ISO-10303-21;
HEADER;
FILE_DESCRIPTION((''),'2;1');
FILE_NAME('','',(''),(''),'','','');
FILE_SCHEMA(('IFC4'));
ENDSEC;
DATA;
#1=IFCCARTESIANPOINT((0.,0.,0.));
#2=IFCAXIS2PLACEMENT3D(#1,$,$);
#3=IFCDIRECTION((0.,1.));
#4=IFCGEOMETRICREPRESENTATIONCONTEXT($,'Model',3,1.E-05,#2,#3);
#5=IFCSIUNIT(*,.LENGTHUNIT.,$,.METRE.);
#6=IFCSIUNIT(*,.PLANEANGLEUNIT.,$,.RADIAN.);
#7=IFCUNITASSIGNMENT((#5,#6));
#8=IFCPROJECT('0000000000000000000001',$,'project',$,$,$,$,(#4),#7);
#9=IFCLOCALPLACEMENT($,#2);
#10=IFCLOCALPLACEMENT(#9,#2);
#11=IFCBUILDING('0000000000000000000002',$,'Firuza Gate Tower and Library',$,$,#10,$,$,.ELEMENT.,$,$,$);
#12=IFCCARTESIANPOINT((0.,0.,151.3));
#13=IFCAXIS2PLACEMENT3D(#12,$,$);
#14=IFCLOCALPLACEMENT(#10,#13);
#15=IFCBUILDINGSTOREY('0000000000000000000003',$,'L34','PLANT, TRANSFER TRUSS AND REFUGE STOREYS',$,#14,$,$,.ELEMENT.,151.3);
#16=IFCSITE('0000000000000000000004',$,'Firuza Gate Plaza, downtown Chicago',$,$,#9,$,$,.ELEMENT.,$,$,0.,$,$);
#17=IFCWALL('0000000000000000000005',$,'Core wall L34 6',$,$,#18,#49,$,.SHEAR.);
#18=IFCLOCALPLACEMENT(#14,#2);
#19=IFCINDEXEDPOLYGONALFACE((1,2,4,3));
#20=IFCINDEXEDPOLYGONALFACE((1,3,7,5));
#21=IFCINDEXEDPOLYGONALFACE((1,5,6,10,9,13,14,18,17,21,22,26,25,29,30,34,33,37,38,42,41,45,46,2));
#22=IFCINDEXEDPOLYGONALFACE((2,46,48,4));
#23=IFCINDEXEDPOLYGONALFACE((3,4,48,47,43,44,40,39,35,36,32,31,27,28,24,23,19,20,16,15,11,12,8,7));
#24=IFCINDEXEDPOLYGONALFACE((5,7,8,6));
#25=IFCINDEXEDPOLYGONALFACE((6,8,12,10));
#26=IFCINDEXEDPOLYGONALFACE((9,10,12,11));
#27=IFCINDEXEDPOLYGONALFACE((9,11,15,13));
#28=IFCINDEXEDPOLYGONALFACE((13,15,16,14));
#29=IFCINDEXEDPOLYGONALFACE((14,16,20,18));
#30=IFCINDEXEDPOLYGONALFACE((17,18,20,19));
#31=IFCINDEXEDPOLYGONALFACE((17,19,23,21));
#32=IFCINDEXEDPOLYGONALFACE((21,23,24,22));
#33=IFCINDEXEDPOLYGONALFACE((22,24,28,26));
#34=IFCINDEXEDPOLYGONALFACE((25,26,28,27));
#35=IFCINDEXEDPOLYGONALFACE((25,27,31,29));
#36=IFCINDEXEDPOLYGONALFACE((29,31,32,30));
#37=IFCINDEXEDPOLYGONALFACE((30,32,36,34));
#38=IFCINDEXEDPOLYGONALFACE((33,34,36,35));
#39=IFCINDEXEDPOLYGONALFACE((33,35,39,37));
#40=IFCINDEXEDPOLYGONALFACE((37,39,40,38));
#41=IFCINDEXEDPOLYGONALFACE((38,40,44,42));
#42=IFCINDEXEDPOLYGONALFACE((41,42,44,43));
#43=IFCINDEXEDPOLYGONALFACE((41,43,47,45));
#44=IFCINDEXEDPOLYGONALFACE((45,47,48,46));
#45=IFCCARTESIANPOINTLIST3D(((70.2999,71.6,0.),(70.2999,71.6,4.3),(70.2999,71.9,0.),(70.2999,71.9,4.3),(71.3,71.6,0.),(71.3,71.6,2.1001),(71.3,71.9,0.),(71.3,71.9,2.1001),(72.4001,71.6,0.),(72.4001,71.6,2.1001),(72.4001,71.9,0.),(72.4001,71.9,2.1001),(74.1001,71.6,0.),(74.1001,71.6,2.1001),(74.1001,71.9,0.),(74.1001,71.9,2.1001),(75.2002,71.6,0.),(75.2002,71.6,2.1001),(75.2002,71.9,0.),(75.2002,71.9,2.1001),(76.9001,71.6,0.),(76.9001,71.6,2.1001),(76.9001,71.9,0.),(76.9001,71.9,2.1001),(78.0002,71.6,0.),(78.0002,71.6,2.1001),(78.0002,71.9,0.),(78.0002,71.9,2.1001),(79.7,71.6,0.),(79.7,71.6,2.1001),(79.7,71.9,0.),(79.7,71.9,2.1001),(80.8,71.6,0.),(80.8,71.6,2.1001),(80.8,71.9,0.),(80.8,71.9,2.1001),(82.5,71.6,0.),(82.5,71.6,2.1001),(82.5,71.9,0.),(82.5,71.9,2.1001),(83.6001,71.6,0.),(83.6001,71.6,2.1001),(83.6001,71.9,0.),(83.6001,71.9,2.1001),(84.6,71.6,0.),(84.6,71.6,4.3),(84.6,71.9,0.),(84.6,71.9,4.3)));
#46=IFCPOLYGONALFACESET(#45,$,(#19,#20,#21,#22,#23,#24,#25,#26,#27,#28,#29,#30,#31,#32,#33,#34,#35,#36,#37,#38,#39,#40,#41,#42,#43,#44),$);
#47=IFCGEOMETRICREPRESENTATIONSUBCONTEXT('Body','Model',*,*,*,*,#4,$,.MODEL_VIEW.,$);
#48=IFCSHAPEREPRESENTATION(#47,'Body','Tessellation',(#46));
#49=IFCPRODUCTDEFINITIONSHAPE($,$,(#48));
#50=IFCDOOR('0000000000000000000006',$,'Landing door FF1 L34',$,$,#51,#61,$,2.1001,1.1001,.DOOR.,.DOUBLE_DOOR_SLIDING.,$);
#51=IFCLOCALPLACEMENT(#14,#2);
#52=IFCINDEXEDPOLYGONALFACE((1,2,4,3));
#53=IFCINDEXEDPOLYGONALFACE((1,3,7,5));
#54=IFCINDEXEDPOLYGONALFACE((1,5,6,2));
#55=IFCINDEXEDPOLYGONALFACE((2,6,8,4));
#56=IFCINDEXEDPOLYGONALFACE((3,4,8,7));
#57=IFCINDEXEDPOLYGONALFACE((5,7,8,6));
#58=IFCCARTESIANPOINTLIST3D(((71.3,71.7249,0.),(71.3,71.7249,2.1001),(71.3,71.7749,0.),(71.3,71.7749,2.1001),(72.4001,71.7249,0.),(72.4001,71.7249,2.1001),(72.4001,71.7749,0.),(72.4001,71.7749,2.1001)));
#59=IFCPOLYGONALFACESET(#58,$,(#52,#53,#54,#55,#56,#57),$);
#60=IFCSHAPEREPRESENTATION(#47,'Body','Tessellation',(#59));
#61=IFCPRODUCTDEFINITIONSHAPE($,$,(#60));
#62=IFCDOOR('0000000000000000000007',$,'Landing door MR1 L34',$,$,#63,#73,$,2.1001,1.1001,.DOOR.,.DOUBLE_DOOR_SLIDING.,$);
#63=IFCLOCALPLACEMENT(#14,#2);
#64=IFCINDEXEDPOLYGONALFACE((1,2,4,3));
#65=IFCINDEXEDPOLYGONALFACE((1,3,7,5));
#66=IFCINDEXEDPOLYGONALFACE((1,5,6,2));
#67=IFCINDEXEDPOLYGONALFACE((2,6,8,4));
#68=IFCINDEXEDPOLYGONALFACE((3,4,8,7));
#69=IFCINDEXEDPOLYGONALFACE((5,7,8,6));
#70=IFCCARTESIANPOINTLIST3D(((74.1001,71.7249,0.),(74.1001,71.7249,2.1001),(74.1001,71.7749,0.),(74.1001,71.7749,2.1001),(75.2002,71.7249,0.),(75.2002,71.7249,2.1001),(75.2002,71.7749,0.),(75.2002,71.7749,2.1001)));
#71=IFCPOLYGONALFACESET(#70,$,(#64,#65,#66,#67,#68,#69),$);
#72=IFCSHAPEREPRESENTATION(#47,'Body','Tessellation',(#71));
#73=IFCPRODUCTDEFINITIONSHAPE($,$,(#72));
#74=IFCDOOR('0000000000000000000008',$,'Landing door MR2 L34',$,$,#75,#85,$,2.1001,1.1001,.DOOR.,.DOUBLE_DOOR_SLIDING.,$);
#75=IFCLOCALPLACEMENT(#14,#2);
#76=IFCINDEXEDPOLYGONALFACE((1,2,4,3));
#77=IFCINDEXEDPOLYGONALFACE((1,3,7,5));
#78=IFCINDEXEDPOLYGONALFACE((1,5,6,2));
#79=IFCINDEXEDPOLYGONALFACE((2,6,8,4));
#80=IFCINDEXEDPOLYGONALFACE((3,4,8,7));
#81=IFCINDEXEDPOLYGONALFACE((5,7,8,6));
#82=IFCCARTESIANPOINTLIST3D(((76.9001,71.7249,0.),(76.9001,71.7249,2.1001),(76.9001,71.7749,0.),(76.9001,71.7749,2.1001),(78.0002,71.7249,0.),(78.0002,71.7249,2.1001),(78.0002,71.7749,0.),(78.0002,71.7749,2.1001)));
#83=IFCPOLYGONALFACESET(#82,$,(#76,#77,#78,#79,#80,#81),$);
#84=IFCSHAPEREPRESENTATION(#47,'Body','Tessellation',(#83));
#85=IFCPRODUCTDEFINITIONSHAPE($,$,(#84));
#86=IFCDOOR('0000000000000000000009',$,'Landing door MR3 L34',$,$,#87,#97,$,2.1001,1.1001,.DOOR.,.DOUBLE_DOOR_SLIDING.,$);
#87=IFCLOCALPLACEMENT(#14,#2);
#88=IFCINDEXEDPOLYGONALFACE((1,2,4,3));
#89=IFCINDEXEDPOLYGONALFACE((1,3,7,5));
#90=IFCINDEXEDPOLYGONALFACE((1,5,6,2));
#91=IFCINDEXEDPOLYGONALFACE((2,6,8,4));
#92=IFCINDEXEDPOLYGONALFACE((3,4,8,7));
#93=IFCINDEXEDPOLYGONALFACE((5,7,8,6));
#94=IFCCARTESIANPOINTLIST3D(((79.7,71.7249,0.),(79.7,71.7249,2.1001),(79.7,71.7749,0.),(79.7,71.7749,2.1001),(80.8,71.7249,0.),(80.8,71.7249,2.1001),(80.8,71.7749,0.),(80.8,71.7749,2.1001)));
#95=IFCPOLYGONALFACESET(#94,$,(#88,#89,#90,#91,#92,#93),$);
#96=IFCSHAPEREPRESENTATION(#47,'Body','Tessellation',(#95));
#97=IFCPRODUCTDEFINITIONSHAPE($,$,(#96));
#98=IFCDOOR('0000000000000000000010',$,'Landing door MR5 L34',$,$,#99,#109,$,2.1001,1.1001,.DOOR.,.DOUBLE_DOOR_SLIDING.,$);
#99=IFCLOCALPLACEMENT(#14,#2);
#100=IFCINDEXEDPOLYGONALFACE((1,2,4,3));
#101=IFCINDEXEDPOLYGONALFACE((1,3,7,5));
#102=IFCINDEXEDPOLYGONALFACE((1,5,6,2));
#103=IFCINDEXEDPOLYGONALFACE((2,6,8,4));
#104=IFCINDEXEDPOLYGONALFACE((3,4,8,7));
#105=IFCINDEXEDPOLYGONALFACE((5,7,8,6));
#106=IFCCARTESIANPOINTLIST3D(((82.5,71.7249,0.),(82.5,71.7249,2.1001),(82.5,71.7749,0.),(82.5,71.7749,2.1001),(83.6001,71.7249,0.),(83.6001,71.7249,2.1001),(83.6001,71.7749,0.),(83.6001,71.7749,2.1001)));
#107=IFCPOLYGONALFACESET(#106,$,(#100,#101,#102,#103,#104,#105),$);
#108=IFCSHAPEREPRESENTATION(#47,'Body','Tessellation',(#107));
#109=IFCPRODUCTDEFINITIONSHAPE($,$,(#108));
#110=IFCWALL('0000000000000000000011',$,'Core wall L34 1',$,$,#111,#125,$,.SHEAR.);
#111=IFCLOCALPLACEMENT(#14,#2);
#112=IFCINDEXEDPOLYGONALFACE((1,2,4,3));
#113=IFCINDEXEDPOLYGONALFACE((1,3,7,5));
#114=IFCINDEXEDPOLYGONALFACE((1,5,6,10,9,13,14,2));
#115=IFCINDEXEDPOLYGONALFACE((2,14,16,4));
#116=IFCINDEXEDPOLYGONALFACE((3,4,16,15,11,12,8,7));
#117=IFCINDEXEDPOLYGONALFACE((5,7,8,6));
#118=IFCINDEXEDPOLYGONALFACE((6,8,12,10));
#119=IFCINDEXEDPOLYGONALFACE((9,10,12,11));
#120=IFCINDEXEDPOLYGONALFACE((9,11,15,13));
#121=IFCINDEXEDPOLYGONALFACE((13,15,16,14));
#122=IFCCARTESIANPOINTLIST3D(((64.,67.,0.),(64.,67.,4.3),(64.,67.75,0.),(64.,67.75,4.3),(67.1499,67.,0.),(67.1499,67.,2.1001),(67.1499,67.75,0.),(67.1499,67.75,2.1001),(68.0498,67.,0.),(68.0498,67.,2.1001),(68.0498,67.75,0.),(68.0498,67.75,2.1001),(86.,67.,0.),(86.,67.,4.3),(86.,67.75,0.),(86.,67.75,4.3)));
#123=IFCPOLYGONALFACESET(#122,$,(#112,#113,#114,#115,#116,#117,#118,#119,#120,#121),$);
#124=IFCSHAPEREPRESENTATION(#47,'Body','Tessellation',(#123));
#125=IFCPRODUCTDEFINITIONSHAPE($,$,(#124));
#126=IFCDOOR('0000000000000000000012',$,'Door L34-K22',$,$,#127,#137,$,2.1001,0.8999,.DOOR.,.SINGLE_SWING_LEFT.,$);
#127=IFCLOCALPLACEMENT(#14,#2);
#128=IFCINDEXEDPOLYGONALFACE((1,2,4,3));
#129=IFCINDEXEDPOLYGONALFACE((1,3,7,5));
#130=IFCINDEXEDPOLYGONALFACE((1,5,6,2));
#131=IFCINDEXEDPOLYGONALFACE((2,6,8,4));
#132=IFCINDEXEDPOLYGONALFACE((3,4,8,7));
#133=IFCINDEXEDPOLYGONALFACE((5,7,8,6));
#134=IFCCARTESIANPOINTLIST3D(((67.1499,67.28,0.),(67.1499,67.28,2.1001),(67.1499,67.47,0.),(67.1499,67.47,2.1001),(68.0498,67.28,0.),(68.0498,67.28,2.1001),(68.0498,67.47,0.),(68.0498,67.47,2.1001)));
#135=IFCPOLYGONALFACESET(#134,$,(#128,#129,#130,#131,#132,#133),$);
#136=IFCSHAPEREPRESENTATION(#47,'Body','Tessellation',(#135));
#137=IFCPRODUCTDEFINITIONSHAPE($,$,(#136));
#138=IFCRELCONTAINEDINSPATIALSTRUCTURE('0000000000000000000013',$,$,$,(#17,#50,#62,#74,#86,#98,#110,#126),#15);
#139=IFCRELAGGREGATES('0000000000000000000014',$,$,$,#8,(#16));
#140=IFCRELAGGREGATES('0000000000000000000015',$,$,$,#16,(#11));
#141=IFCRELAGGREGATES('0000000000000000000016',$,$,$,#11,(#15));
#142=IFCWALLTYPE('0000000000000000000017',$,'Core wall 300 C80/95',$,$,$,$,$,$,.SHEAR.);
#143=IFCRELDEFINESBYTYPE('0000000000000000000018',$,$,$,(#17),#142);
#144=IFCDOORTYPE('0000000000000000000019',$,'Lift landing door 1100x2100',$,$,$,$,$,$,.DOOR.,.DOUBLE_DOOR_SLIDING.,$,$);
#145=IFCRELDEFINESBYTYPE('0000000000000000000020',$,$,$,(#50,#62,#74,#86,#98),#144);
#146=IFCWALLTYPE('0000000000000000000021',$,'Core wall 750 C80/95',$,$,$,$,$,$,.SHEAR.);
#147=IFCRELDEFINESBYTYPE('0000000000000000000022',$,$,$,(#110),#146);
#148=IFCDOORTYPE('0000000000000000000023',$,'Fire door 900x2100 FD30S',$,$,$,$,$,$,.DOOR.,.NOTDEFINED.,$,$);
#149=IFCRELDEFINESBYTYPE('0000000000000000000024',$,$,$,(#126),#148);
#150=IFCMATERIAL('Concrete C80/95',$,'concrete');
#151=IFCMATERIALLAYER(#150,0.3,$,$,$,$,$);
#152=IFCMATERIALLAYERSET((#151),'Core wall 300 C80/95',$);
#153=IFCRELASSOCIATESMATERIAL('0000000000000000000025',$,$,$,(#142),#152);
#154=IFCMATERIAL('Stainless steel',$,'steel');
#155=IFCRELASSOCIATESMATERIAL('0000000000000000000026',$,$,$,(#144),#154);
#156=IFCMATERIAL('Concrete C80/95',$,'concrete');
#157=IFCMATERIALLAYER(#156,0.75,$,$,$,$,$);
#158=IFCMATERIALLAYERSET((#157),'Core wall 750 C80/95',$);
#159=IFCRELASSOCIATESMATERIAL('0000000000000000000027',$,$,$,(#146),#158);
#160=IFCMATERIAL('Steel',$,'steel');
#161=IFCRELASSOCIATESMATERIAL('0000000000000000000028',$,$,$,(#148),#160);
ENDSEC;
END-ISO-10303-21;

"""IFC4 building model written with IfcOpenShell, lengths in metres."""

from ifc_helpers import new_model, si_unit, direction, frame, frame_2d, origin, place, context, subcontext, project, spatial, rectangle, extrude, material, layer, layer_set, type_object, element, fill, save


model = new_model("IFC4")

# Units and contexts
model_context = context("Model", 3, precision=1e-05, world=origin(), true_north=direction((0.0, 1.0)))
body_context = subcontext(model_context, "Body", "Model", "MODEL_VIEW")
ifc_project = project(units=[si_unit("LENGTHUNIT", "METRE"), si_unit("PLANEANGLEUNIT", "RADIAN")], contexts=[model_context])

# Site, building, storey
site_placement = place(None, origin())
site = spatial("IfcSite", under=ifc_project, at=site_placement, Name="Firuza Gate Plaza, downtown Chicago", CompositionType="ELEMENT", RefElevation=0.0)
building_placement = place(site_placement, origin())
building = spatial("IfcBuilding", under=site, at=building_placement, Name="Firuza Gate Tower and Library", CompositionType="ELEMENT")
storey_placement = place(building_placement, frame((0.0, 0.0, 151.3)))
storey = spatial("IfcBuildingStorey", under=building, at=storey_placement, Name="L34", Description="PLANT, TRANSFER TRUSS AND REFUGE STOREYS", CompositionType="ELEMENT", Elevation=151.3)

# Shared definitions
ifc_material_1 = material(Name="Concrete C80/95", Category="concrete")
ifc_layer_1 = layer(ifc_material_1, 0.3)
ifc_layer_set_1 = layer_set([ifc_layer_1], Name="Core wall 300 C80/95")
wall_type_1 = type_object("IfcWallType", Name="Core wall 300 C80/95", PredefinedType="SHEAR", material=ifc_layer_set_1)

# Wall, openings, doors
wall_1_placement = place(storey_placement, frame((70.3, 71.75, 0.0), z_axis=(0.0, 0.0, 1.0), x_axis=(1.0, 0.0, 0.0)))
wall_1 = element("IfcWall", 1, at=wall_1_placement, inside=storey, type_object=wall_type_1, Name="Core wall L34 6", PredefinedType="SHEAR", context=body_context, shape_type="SweptSolid", body=[
    extrude(rectangle(XDim=14.3, YDim=0.3, at=frame_2d((7.1499, 0.0))), origin(), (0.0, 0.0, 1.0), 4.3),
])
opening_1_placement = place(wall_1_placement, frame((1.0, 0.0, 0.0)))
opening_1 = element("IfcOpeningElement", 2, at=opening_1_placement, cuts=wall_1, PredefinedType="OPENING", context=body_context, shape_type="SweptSolid", body=[
    extrude(rectangle(XDim=1.1001, YDim=2.1001, at=frame_2d((0.55, 1.05))), frame((0.0, 0.1602, 0.0), z_axis=(0.0, -1.0, 0.0), x_axis=(1.0, 0.0, 0.0)), (0.0, 0.0, 1.0), 0.3201),
])
opening_2_placement = place(wall_1_placement, frame((3.8, 0.0, 0.0)))
opening_2 = element("IfcOpeningElement", 3, at=opening_2_placement, cuts=wall_1, PredefinedType="OPENING", context=body_context, shape_type="SweptSolid", body=[
    extrude(rectangle(XDim=1.1001, YDim=2.1001, at=frame_2d((0.55, 1.05))), frame((0.0, 0.1602, 0.0), z_axis=(0.0, -1.0, 0.0), x_axis=(1.0, 0.0, 0.0)), (0.0, 0.0, 1.0), 0.3201),
])
opening_3_placement = place(wall_1_placement, frame((6.6001, 0.0, 0.0)))
opening_3 = element("IfcOpeningElement", 4, at=opening_3_placement, cuts=wall_1, PredefinedType="OPENING", context=body_context, shape_type="SweptSolid", body=[
    extrude(rectangle(XDim=1.1001, YDim=2.1001, at=frame_2d((0.55, 1.05))), frame((0.0, 0.1602, 0.0), z_axis=(0.0, -1.0, 0.0), x_axis=(1.0, 0.0, 0.0)), (0.0, 0.0, 1.0), 0.3201),
])
opening_4_placement = place(wall_1_placement, frame((9.3999, 0.0, 0.0)))
opening_4 = element("IfcOpeningElement", 5, at=opening_4_placement, cuts=wall_1, PredefinedType="OPENING", context=body_context, shape_type="SweptSolid", body=[
    extrude(rectangle(XDim=1.1001, YDim=2.1001, at=frame_2d((0.55, 1.05))), frame((0.0, 0.1602, 0.0), z_axis=(0.0, -1.0, 0.0), x_axis=(1.0, 0.0, 0.0)), (0.0, 0.0, 1.0), 0.3201),
])
opening_5_placement = place(wall_1_placement, frame((12.2, 0.0, 0.0)))
opening_5 = element("IfcOpeningElement", 6, at=opening_5_placement, cuts=wall_1, PredefinedType="OPENING", context=body_context, shape_type="SweptSolid", body=[
    extrude(rectangle(XDim=1.1001, YDim=2.1001, at=frame_2d((0.55, 1.05))), frame((0.0, 0.1602, 0.0), z_axis=(0.0, -1.0, 0.0), x_axis=(1.0, 0.0, 0.0)), (0.0, 0.0, 1.0), 0.3201),
])
ifc_material_2 = material(Name="Stainless steel", Category="steel")
door_type_1 = type_object("IfcDoorType", Name="Lift landing door 1100x2100", OperationType="DOUBLE_DOOR_SLIDING", PredefinedType="DOOR", material=ifc_material_2)
door_1_placement = place(opening_1_placement, origin())
door_1 = element("IfcDoor", 7, at=door_1_placement, inside=storey, type_object=door_type_1, Name="Landing door FF1 L34", OperationType="DOUBLE_DOOR_SLIDING", OverallHeight=2.1001, OverallWidth=1.1001, PredefinedType="DOOR", context=body_context, shape_type="SweptSolid", body=[
    extrude(rectangle(XDim=1.1001, YDim=2.1001, at=frame_2d((0.55, 1.05))), frame((0.0, 0.0249, 0.0), z_axis=(0.0, -1.0, 0.0), x_axis=(1.0, 0.0, 0.0)), (0.0, 0.0, 1.0), 0.05),
])
fill(opening_1, door_1)
door_2_placement = place(opening_2_placement, origin())
door_2 = element("IfcDoor", 8, at=door_2_placement, inside=storey, type_object=door_type_1, Name="Landing door MR1 L34", OperationType="DOUBLE_DOOR_SLIDING", OverallHeight=2.1001, OverallWidth=1.1001, PredefinedType="DOOR", context=body_context, shape_type="SweptSolid", body=[
    extrude(rectangle(XDim=1.1001, YDim=2.1001, at=frame_2d((0.55, 1.05))), frame((0.0, 0.0249, 0.0), z_axis=(0.0, -1.0, 0.0), x_axis=(1.0, 0.0, 0.0)), (0.0, 0.0, 1.0), 0.05),
])
fill(opening_2, door_2)
door_3_placement = place(opening_3_placement, origin())
door_3 = element("IfcDoor", 9, at=door_3_placement, inside=storey, type_object=door_type_1, Name="Landing door MR2 L34", OperationType="DOUBLE_DOOR_SLIDING", OverallHeight=2.1001, OverallWidth=1.1001, PredefinedType="DOOR", context=body_context, shape_type="SweptSolid", body=[
    extrude(rectangle(XDim=1.1001, YDim=2.1001, at=frame_2d((0.55, 1.05))), frame((0.0, 0.0249, 0.0), z_axis=(0.0, -1.0, 0.0), x_axis=(1.0, 0.0, 0.0)), (0.0, 0.0, 1.0), 0.05),
])
fill(opening_3, door_3)
door_4_placement = place(opening_4_placement, origin())
door_4 = element("IfcDoor", 10, at=door_4_placement, inside=storey, type_object=door_type_1, Name="Landing door MR3 L34", OperationType="DOUBLE_DOOR_SLIDING", OverallHeight=2.1001, OverallWidth=1.1001, PredefinedType="DOOR", context=body_context, shape_type="SweptSolid", body=[
    extrude(rectangle(XDim=1.1001, YDim=2.1001, at=frame_2d((0.55, 1.05))), frame((0.0, 0.0249, 0.0), z_axis=(0.0, -1.0, 0.0), x_axis=(1.0, 0.0, 0.0)), (0.0, 0.0, 1.0), 0.05),
])
fill(opening_4, door_4)
door_5_placement = place(opening_5_placement, origin())
door_5 = element("IfcDoor", 11, at=door_5_placement, inside=storey, type_object=door_type_1, Name="Landing door MR5 L34", OperationType="DOUBLE_DOOR_SLIDING", OverallHeight=2.1001, OverallWidth=1.1001, PredefinedType="DOOR", context=body_context, shape_type="SweptSolid", body=[
    extrude(rectangle(XDim=1.1001, YDim=2.1001, at=frame_2d((0.55, 1.05))), frame((0.0, 0.0249, 0.0), z_axis=(0.0, -1.0, 0.0), x_axis=(1.0, 0.0, 0.0)), (0.0, 0.0, 1.0), 0.05),
])
fill(opening_5, door_5)

# Wall, opening, door
ifc_material_3 = material(Name="Concrete C80/95", Category="concrete")
ifc_layer_2 = layer(ifc_material_3, 0.75)
ifc_layer_set_2 = layer_set([ifc_layer_2], Name="Core wall 750 C80/95")
wall_type_2 = type_object("IfcWallType", Name="Core wall 750 C80/95", PredefinedType="SHEAR", material=ifc_layer_set_2)
wall_2_placement = place(storey_placement, frame((64.0, 67.375, 0.0), z_axis=(0.0, 0.0, 1.0), x_axis=(1.0, 0.0, 0.0)))
wall_2 = element("IfcWall", 12, at=wall_2_placement, inside=storey, type_object=wall_type_2, Name="Core wall L34 1", PredefinedType="SHEAR", context=body_context, shape_type="SweptSolid", body=[
    extrude(rectangle(XDim=22.0, YDim=0.75, at=frame_2d((11.0, 0.0))), origin(), (0.0, 0.0, 1.0), 4.3),
])
opening_6_placement = place(wall_2_placement, frame((3.1499, 0.0, 0.0)))
opening_6 = element("IfcOpeningElement", 13, at=opening_6_placement, cuts=wall_2, PredefinedType="OPENING", context=body_context, shape_type="SweptSolid", body=[
    extrude(rectangle(XDim=0.8999, YDim=2.1001, at=frame_2d((0.45, 1.05))), frame((0.0, 0.385, 0.0), z_axis=(0.0, -1.0, 0.0), x_axis=(1.0, 0.0, 0.0)), (0.0, 0.0, 1.0), 0.77),
])
ifc_material_4 = material(Name="Steel", Category="steel")
door_type_2 = type_object("IfcDoorType", Name="Fire door 900x2100 FD30S", OperationType="NOTDEFINED", PredefinedType="DOOR", material=ifc_material_4)
door_6_placement = place(opening_6_placement, origin())
door_6 = element("IfcDoor", 14, at=door_6_placement, inside=storey, type_object=door_type_2, Name="Door L34-K22", OperationType="SINGLE_SWING_LEFT", OverallHeight=2.1001, OverallWidth=0.8999, PredefinedType="DOOR", context=body_context, shape_type="SweptSolid", body=[
    extrude(rectangle(XDim=0.8999, YDim=2.1001, at=frame_2d((0.45, 1.05))), frame((0.0, 0.095, 0.0), z_axis=(0.0, -1.0, 0.0), x_axis=(1.0, 0.0, 0.0)), (0.0, 0.0, 1.0), 0.1899),
])
fill(opening_6, door_6)

save(model, "model.ifc")
